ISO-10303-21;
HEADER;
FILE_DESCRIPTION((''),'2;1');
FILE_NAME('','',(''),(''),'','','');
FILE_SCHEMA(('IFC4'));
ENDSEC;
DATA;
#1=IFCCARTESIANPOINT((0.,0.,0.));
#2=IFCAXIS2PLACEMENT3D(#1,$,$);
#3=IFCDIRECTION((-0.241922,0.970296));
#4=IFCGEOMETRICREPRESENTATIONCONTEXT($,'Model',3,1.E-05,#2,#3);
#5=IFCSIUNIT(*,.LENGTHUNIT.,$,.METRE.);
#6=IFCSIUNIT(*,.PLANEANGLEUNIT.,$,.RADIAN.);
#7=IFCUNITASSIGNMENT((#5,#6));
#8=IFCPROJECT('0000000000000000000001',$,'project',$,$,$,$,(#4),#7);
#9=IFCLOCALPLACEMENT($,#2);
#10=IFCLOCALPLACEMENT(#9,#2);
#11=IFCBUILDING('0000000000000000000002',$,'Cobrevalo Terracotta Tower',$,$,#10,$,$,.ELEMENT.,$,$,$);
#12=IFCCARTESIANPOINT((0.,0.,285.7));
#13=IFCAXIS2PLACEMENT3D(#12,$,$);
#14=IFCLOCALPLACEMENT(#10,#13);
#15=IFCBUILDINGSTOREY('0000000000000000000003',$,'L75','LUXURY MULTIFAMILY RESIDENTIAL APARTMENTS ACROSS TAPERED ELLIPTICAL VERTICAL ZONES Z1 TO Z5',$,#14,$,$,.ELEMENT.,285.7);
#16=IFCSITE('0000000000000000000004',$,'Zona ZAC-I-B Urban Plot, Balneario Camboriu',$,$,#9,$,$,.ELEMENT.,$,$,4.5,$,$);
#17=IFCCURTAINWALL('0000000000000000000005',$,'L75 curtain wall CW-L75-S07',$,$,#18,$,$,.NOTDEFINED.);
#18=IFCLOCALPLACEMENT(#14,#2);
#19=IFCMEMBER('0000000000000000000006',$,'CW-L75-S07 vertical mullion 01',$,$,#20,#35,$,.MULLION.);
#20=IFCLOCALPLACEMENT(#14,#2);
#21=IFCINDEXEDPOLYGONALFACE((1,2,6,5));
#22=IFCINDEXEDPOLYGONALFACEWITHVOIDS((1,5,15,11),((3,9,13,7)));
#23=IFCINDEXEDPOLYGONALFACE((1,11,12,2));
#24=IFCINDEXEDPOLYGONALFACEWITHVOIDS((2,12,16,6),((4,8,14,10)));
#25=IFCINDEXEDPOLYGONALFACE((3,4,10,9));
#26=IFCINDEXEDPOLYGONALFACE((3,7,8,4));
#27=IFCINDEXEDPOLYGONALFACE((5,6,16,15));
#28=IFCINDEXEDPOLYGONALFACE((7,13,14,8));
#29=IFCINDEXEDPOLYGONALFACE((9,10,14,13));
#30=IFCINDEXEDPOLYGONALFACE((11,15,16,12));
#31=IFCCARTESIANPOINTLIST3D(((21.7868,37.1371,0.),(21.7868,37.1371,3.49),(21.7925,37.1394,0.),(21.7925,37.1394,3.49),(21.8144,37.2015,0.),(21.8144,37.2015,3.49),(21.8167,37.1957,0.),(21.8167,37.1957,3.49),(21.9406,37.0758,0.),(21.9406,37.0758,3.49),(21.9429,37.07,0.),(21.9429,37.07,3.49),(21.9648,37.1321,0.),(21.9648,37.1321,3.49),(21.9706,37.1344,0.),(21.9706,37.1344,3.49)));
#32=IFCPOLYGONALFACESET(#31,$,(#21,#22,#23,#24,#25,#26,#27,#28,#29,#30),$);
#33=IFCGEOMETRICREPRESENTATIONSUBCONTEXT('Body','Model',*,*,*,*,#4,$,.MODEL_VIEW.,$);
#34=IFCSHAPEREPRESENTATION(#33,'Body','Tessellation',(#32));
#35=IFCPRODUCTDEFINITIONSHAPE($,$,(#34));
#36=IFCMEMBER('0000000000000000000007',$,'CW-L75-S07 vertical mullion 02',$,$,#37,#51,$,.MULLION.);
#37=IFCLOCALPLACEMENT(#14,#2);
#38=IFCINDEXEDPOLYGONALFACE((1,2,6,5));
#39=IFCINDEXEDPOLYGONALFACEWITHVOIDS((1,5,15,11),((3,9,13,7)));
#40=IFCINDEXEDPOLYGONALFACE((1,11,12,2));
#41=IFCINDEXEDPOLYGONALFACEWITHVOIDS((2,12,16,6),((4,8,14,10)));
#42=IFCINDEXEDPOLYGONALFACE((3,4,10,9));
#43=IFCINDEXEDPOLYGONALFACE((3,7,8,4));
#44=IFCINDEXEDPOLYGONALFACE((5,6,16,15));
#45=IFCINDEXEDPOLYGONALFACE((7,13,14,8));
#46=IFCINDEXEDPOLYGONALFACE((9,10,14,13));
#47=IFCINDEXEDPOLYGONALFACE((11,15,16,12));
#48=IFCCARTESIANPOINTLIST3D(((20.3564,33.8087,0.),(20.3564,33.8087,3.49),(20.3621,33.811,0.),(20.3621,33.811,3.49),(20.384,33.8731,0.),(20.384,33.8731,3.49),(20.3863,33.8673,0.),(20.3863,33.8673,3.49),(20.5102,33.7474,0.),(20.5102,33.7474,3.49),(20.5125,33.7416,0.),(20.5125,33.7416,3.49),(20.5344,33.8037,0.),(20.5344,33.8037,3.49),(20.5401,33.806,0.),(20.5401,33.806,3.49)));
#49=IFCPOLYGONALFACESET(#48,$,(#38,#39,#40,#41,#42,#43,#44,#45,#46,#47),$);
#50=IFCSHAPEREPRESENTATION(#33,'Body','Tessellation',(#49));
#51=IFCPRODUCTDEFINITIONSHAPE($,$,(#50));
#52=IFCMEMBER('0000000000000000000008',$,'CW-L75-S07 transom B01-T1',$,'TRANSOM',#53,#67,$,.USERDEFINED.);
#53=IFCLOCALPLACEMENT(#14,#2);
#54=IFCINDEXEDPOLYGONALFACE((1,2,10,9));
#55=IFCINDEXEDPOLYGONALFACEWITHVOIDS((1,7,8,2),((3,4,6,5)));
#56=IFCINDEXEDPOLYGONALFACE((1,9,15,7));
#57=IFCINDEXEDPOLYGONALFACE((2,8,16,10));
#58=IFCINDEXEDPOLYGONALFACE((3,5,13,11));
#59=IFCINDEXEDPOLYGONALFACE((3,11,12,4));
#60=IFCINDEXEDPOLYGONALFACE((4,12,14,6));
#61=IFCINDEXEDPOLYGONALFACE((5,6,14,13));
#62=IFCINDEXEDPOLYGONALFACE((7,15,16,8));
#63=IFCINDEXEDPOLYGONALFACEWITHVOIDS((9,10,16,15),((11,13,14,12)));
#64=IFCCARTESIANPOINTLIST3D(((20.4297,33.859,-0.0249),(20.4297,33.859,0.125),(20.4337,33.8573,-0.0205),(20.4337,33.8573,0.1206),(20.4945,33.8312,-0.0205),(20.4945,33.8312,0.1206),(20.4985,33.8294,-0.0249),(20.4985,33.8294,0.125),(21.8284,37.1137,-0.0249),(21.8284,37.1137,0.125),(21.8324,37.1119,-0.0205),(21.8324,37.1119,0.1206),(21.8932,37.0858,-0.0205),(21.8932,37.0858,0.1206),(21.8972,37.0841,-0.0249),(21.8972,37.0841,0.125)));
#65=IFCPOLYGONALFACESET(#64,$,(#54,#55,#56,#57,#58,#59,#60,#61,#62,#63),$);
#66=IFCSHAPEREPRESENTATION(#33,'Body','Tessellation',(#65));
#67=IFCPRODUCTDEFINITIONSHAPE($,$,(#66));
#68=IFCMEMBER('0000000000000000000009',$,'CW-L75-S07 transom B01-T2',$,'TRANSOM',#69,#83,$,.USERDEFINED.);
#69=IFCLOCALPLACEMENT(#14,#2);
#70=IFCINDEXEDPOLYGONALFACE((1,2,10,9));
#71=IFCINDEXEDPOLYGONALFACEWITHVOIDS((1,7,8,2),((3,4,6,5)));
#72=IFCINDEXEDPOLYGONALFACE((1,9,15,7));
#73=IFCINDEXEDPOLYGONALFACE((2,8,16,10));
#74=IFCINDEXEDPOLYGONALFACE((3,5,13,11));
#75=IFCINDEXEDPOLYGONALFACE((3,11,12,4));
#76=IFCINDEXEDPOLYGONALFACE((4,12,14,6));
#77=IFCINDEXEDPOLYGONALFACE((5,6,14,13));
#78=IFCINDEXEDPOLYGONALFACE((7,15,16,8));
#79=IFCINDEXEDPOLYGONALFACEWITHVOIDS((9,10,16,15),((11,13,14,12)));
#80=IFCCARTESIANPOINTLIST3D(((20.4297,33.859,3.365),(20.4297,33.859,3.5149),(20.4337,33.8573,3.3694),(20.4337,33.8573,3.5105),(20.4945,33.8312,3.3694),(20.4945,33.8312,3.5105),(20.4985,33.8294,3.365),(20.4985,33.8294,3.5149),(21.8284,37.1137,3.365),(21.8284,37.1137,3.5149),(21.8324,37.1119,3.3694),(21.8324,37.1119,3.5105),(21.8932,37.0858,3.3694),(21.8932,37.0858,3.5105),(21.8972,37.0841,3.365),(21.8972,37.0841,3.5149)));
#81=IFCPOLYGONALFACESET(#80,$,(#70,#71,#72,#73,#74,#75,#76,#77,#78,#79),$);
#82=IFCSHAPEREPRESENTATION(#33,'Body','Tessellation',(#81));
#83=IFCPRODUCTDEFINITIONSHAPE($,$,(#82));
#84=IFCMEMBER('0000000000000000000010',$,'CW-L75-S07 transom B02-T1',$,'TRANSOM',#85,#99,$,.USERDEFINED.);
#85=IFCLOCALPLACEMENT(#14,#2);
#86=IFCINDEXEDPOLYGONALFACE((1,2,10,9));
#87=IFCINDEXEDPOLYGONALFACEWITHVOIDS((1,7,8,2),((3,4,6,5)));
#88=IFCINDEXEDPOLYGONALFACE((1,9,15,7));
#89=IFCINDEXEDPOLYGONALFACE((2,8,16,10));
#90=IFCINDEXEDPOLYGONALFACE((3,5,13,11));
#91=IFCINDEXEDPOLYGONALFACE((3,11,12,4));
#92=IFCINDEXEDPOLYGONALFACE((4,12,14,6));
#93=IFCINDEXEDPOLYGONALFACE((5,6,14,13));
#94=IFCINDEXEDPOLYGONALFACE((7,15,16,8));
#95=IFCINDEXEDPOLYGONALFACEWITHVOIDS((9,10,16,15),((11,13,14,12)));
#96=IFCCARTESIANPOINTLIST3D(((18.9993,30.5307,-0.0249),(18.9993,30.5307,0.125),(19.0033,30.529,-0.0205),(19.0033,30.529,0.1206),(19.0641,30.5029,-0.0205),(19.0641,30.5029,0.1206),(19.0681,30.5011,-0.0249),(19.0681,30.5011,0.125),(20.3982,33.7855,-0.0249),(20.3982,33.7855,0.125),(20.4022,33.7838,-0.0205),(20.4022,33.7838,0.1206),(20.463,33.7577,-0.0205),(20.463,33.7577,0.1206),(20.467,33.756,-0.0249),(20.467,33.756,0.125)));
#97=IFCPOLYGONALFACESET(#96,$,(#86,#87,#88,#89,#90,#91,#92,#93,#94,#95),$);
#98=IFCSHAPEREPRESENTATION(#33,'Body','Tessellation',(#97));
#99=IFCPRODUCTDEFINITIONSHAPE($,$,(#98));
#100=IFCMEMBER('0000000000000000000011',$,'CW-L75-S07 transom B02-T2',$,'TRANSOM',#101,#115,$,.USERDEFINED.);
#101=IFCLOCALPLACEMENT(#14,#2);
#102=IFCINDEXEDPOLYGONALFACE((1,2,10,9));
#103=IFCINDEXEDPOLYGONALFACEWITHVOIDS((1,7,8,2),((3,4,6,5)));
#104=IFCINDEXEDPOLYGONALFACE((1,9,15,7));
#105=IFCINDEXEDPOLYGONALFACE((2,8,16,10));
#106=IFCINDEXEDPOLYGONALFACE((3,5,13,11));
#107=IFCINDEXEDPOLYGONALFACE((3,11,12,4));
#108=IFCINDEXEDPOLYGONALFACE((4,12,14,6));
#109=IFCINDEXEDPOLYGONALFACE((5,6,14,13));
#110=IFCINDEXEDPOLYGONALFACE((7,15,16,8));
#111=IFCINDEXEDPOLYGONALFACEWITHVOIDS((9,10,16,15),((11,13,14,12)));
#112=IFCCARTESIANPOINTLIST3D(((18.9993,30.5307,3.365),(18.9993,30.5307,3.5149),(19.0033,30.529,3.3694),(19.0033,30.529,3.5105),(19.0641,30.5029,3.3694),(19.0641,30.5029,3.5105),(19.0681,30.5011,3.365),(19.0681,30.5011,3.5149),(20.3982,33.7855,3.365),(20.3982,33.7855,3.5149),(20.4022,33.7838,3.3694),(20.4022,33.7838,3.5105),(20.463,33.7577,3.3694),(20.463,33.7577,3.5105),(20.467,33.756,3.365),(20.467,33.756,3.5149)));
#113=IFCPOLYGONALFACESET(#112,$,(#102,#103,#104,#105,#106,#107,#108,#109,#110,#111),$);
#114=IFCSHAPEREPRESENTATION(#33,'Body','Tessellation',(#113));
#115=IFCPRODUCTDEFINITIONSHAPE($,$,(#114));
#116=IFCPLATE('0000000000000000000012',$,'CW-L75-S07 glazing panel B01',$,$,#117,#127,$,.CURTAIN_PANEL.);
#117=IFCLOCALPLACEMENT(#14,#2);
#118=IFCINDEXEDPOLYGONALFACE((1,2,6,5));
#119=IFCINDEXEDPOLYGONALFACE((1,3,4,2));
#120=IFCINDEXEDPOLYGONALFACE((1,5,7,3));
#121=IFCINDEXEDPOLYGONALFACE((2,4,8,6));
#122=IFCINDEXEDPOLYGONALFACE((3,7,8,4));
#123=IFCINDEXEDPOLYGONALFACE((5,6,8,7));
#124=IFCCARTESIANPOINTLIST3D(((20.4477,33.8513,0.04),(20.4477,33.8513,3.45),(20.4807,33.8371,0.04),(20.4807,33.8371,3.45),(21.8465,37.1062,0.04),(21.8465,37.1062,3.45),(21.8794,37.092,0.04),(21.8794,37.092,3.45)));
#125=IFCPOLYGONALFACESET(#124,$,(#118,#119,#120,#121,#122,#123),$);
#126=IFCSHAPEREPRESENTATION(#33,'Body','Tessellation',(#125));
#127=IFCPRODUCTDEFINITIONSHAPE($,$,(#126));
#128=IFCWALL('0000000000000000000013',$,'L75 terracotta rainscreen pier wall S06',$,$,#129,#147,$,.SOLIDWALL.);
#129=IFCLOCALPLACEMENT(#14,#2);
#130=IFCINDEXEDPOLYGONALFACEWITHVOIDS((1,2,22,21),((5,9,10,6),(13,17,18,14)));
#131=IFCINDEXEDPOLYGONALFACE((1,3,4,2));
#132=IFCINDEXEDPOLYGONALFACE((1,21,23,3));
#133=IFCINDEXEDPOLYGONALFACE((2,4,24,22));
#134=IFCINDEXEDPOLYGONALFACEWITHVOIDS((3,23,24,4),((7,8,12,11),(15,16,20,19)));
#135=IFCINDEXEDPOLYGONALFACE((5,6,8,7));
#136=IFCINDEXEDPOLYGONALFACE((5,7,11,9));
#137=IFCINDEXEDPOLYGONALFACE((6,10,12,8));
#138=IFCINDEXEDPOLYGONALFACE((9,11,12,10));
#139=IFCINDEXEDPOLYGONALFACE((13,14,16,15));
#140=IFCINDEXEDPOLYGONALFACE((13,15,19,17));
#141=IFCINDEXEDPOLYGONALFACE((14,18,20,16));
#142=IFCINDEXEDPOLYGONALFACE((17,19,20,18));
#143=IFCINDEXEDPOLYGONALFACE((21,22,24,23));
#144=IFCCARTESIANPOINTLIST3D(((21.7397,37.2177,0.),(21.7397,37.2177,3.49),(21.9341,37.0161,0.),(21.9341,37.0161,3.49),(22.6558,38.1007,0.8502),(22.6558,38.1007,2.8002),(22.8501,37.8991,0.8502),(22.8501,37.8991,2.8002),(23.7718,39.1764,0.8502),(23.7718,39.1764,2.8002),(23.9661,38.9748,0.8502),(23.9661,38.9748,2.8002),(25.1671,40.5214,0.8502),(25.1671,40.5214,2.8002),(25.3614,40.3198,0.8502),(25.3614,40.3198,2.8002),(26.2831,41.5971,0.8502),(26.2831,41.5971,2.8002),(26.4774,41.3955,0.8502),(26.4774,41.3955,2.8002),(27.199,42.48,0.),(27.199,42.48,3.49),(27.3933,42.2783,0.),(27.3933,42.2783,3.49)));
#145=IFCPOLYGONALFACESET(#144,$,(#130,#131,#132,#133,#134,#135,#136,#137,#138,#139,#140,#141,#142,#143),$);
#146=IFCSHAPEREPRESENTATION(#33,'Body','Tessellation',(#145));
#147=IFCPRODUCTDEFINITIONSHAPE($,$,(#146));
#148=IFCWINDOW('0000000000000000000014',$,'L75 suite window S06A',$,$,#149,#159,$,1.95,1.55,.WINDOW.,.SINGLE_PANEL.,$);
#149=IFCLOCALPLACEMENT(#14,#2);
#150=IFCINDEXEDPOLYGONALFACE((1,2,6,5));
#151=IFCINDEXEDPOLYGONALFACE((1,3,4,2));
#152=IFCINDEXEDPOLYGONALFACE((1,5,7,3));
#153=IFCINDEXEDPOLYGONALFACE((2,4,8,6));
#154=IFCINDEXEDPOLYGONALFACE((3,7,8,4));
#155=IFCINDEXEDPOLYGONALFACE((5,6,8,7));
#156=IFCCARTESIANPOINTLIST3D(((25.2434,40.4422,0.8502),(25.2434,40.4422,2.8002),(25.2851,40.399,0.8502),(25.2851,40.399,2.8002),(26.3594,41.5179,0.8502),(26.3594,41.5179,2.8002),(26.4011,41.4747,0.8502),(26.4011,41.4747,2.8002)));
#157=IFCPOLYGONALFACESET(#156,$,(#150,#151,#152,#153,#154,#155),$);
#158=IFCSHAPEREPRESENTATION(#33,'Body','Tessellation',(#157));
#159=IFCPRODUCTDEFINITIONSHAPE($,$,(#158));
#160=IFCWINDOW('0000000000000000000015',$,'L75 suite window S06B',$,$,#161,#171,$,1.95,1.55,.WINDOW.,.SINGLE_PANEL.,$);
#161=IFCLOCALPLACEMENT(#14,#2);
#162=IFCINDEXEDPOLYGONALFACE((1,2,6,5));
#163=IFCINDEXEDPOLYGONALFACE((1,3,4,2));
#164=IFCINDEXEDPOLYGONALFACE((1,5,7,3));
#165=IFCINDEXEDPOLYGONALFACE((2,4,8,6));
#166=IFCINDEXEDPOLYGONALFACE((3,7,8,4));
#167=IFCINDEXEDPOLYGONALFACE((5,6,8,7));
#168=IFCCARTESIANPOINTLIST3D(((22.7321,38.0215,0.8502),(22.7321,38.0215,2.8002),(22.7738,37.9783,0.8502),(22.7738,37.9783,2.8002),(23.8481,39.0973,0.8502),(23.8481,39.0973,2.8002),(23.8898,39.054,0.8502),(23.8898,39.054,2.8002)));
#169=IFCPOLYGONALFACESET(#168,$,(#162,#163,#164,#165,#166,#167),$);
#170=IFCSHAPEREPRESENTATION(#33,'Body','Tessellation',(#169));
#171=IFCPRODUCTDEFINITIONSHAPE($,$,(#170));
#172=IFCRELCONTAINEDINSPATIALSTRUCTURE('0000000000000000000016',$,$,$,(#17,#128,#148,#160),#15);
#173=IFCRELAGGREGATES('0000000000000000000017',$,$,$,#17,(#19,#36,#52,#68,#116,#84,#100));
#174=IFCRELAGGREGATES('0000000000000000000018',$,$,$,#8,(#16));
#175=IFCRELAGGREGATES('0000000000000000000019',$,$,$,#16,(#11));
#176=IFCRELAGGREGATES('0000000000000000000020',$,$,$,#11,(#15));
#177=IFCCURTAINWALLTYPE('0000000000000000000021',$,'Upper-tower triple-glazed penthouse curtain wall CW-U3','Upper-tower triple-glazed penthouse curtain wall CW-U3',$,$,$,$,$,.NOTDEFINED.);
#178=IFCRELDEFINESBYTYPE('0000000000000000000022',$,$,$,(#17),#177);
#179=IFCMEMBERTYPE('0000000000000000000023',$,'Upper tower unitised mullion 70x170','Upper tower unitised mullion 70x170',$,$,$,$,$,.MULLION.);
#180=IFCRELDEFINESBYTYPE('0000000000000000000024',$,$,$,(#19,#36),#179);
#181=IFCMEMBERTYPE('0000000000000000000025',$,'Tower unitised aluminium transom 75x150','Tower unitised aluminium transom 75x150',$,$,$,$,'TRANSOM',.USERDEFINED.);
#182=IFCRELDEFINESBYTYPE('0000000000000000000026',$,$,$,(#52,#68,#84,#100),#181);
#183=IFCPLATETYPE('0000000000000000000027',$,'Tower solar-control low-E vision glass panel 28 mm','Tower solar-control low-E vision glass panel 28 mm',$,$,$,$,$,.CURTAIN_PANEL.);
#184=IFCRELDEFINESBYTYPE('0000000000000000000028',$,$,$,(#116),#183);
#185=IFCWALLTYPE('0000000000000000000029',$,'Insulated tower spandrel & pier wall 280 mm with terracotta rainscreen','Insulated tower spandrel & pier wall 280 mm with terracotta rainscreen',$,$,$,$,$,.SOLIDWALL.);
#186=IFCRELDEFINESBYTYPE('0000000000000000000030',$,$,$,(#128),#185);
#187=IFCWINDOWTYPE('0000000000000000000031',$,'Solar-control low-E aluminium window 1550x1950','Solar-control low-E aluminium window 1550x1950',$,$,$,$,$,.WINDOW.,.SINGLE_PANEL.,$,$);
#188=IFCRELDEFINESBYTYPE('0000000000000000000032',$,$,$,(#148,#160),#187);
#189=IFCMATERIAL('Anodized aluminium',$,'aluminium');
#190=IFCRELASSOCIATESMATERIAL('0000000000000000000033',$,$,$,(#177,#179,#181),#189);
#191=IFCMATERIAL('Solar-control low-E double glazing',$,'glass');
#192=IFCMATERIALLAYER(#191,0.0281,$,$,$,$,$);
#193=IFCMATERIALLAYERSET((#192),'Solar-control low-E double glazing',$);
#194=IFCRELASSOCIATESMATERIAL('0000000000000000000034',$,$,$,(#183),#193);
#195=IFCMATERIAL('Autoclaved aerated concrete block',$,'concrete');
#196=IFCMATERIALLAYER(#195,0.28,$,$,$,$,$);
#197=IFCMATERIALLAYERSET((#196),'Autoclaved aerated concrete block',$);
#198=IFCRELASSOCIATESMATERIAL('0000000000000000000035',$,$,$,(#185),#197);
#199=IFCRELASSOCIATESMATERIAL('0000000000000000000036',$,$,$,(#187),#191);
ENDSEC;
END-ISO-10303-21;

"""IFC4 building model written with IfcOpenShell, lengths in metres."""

from ifc_helpers import new_model, si_unit, direction, frame, frame_2d, origin, origin_2d, place, context, subcontext, project, spatial, rectangle, hollow_rectangle, extrude, source, transform, mapped, material, layer, layer_set, material_profile, profile_set, type_object, element, fill, aggregate, save


model = new_model("IFC4")

# Units and contexts
model_context = context("Model", 3, precision=1e-05, world=origin(), true_north=direction((-0.241922, 0.970296)))
body_context = subcontext(model_context, "Body", "Model", "MODEL_VIEW")
ifc_project = project(units=[si_unit("LENGTHUNIT", "METRE"), si_unit("PLANEANGLEUNIT", "RADIAN")], contexts=[model_context])

# Site, building, storey
site_placement = place(None, origin())
site = spatial("IfcSite", under=ifc_project, at=site_placement, Name="Zona ZAC-I-B Urban Plot, Balneario Camboriu", CompositionType="ELEMENT", RefElevation=4.5)
building_placement = place(site_placement, origin())
building = spatial("IfcBuilding", under=site, at=building_placement, Name="Cobrevalo Terracotta Tower", CompositionType="ELEMENT")
storey_placement = place(building_placement, frame((0.0, 0.0, 285.7)))
storey = spatial("IfcBuildingStorey", under=building, at=storey_placement, Name="L75", Description="LUXURY MULTIFAMILY RESIDENTIAL APARTMENTS ACROSS TAPERED ELLIPTICAL VERTICAL ZONES Z1 TO Z5", CompositionType="ELEMENT", Elevation=285.7)

# Shared definitions
ifc_material_1 = material(Name="Anodized aluminium", Category="aluminium")
curtain_wall_type = type_object("IfcCurtainWallType", Name="Upper-tower triple-glazed penthouse curtain wall CW-U3", Description="Upper-tower triple-glazed penthouse curtain wall CW-U3", PredefinedType="NOTDEFINED", material=ifc_material_1)
ifc_material_profile_1 = material_profile(ifc_material_1, hollow_rectangle(XDim=0.0701, YDim=0.1699, WallThickness=0.0044, at=origin_2d()), Name="CWM 70x170")
ifc_profile_set_1 = profile_set([ifc_material_profile_1], Name="Anodized aluminium")
member_type_1 = type_object("IfcMemberType", Name="Upper tower unitised mullion 70x170", Description="Upper tower unitised mullion 70x170", PredefinedType="MULLION", material=ifc_profile_set_1)
shared_shape_1 = source(origin(), body_context, "Body", "SweptSolid", [
    extrude(hollow_rectangle(XDim=0.0701, YDim=0.1699, WallThickness=0.0044, at=origin_2d()), origin(), (0.0, 0.0, 1.0), 3.49),
])

# Curtain wall, members, plate
curtain_wall_1_placement = place(storey_placement, origin())
curtain_wall_1 = element("IfcCurtainWall", 1, at=curtain_wall_1_placement, inside=storey, type_object=curtain_wall_type, Name="L75 curtain wall CW-L75-S07", PredefinedType="NOTDEFINED")
member_1_placement = place(storey_placement, frame((21.8787, 37.1357, 0.0), z_axis=(0.0, 0.0, 1.0), x_axis=(-0.394824, -0.918757, 0.0)))
member_1 = element("IfcMember", 2, at=member_1_placement, type_object=member_type_1, Name="CW-L75-S07 vertical mullion 01", PredefinedType="MULLION", context=body_context, shape_type="MappedRepresentation", body=[
    mapped(shared_shape_1, transform((0.0, 0.0, 0.0), scale=1.0)),
])
member_2_placement = place(storey_placement, frame((20.4482, 33.8074, 0.0), z_axis=(0.0, 0.0, 1.0), x_axis=(-0.394824, -0.918757, 0.0)))
member_2 = element("IfcMember", 3, at=member_2_placement, type_object=member_type_1, Name="CW-L75-S07 vertical mullion 02", PredefinedType="MULLION", context=body_context, shape_type="MappedRepresentation", body=[
    mapped(shared_shape_1, transform((0.0, 0.0, 0.0), scale=1.0)),
])
ifc_material_profile_2 = material_profile(ifc_material_1, hollow_rectangle(XDim=0.075, YDim=0.1499, WallThickness=0.0044, at=origin_2d()), Name="CWT 75x150")
ifc_profile_set_2 = profile_set([ifc_material_profile_2], Name="Anodized aluminium")
member_type_2 = type_object("IfcMemberType", Name="Tower unitised aluminium transom 75x150", Description="Tower unitised aluminium transom 75x150", ElementType="TRANSOM", PredefinedType="USERDEFINED", material=ifc_profile_set_2)
shared_shape_2 = source(origin(), body_context, "Body", "SweptSolid", [
    extrude(hollow_rectangle(XDim=0.075, YDim=0.1499, WallThickness=0.0044, at=origin_2d()), origin(), (0.0, 0.0, 1.0), 3.5425),
])
member_3_placement = place(storey_placement, frame((21.8628, 37.0989, 0.05), z_axis=(-0.394834, -0.918752, 0.0), x_axis=(0.918752, -0.394834, 0.0)))
member_3 = element("IfcMember", 4, at=member_3_placement, type_object=member_type_2, Name="CW-L75-S07 transom B01-T1", ObjectType="TRANSOM", PredefinedType="USERDEFINED", context=body_context, shape_type="MappedRepresentation", body=[
    mapped(shared_shape_2, transform((0.0, 0.0, 0.0), scale=1.0)),
])
member_4_placement = place(storey_placement, frame((21.8628, 37.0989, 3.4399), z_axis=(-0.394834, -0.918752, 0.0), x_axis=(0.918752, -0.394834, 0.0)))
member_4 = element("IfcMember", 5, at=member_4_placement, type_object=member_type_2, Name="CW-L75-S07 transom B01-T2", ObjectType="TRANSOM", PredefinedType="USERDEFINED", context=body_context, shape_type="MappedRepresentation", body=[
    mapped(shared_shape_2, transform((0.0, 0.0, 0.0), scale=1.0)),
])
shared_shape_3 = source(origin(), body_context, "Body", "SweptSolid", [
    extrude(hollow_rectangle(XDim=0.075, YDim=0.1499, WallThickness=0.0044, at=origin_2d()), origin(), (0.0, 0.0, 1.0), 3.5427),
])
member_5_placement = place(storey_placement, frame((20.4326, 33.7708, 0.05), z_axis=(-0.394867, -0.918738, 0.0), x_axis=(0.918738, -0.394867, 0.0)))
member_5 = element("IfcMember", 6, at=member_5_placement, type_object=member_type_2, Name="CW-L75-S07 transom B02-T1", ObjectType="TRANSOM", PredefinedType="USERDEFINED", context=body_context, shape_type="MappedRepresentation", body=[
    mapped(shared_shape_3, transform((0.0, 0.0, 0.0), scale=1.0)),
])
member_6_placement = place(storey_placement, frame((20.4326, 33.7708, 3.4399), z_axis=(-0.394867, -0.918738, 0.0), x_axis=(0.918738, -0.394867, 0.0)))
member_6 = element("IfcMember", 7, at=member_6_placement, type_object=member_type_2, Name="CW-L75-S07 transom B02-T2", ObjectType="TRANSOM", PredefinedType="USERDEFINED", context=body_context, shape_type="MappedRepresentation", body=[
    mapped(shared_shape_3, transform((0.0, 0.0, 0.0), scale=1.0)),
])
ifc_material_2 = material(Name="Solar-control low-E double glazing", Category="glass")
ifc_layer_1 = layer(ifc_material_2, 0.0281)
ifc_layer_set_1 = layer_set([ifc_layer_1], Name="Solar-control low-E double glazing")
plate_type = type_object("IfcPlateType", Name="Tower solar-control low-E vision glass panel 28 mm", Description="Tower solar-control low-E vision glass panel 28 mm", PredefinedType="CURTAIN_PANEL", material=ifc_layer_set_1)
shared_shape_4 = source(origin(), body_context, "Body", "SweptSolid", [
    extrude(rectangle(XDim=3.5427, YDim=0.0359, at=origin_2d()), origin(), (0.0, 0.0, 1.0), 3.4099),
])
plate_placement = place(storey_placement, frame((21.1636, 35.4717, 0.04), z_axis=(0.0, 0.0, 1.0), x_axis=(-0.394829, -0.918755, 0.0)))
plate = element("IfcPlate", 8, at=plate_placement, type_object=plate_type, Name="CW-L75-S07 glazing panel B01", PredefinedType="CURTAIN_PANEL", context=body_context, shape_type="MappedRepresentation", body=[
    mapped(shared_shape_4, transform((0.0, 0.0, 0.0), scale=1.0)),
])
aggregate(curtain_wall_1, [member_1, member_2, member_3, member_4, plate, member_5, member_6])

# Wall, openings, windows
ifc_material_3 = material(Name="Autoclaved aerated concrete block", Category="concrete")
ifc_layer_2 = layer(ifc_material_3, 0.28)
ifc_layer_set_2 = layer_set([ifc_layer_2], Name="Autoclaved aerated concrete block")
wall_type_1 = type_object("IfcWallType", Name="Insulated tower spandrel & pier wall 280 mm with terracotta rainscreen", Description="Insulated tower spandrel & pier wall 280 mm with terracotta rainscreen", PredefinedType="SOLIDWALL", material=ifc_layer_set_2)
wall_1_placement = place(storey_placement, frame((27.2961, 42.3792, 0.0), z_axis=(0.0, 0.0, 1.0), x_axis=(-0.719979, -0.693996, 0.0)))
wall_1 = element("IfcWall", 9, at=wall_1_placement, inside=storey, type_object=wall_type_1, Name="L75 terracotta rainscreen pier wall S06", PredefinedType="SOLIDWALL", context=body_context, shape_type="SweptSolid", body=[
    extrude(rectangle(XDim=7.5825, YDim=0.28, at=frame_2d((3.7913, 0.0))), origin(), (0.0, 0.0, 1.0), 3.49),
])
opening_1_placement = place(wall_1_placement, frame((1.2722, 0.0, 0.8501)))
opening_1 = element("IfcOpeningElement", 10, at=opening_1_placement, cuts=wall_1, PredefinedType="OPENING", context=body_context, shape_type="SweptSolid", body=[
    extrude(rectangle(XDim=1.55, YDim=1.95, at=frame_2d((0.7749, 0.9751))), frame((0.0, 0.1499, 0.0), z_axis=(0.0, -1.0, 0.0), x_axis=(1.0, 0.0, 0.0)), (0.0, 0.0, 1.0), 0.3),
])
opening_2_placement = place(wall_1_placement, frame((4.7603, 0.0, 0.8501)))
opening_2 = element("IfcOpeningElement", 11, at=opening_2_placement, cuts=wall_1, PredefinedType="OPENING", context=body_context, shape_type="SweptSolid", body=[
    extrude(rectangle(XDim=1.55, YDim=1.95, at=frame_2d((0.7749, 0.9751))), frame((0.0, 0.1499, 0.0), z_axis=(0.0, -1.0, 0.0), x_axis=(1.0, 0.0, 0.0)), (0.0, 0.0, 1.0), 0.3),
])
window_type = type_object("IfcWindowType", Name="Solar-control low-E aluminium window 1550x1950", Description="Solar-control low-E aluminium window 1550x1950", PartitioningType="SINGLE_PANEL", PredefinedType="WINDOW", material=ifc_material_2)
shared_shape_5 = source(origin(), body_context, "Body", "SweptSolid", [
    extrude(rectangle(XDim=1.55, YDim=1.95, at=frame_2d((0.7749, 0.9751))), frame((0.0, 0.03, 0.0), z_axis=(0.0, -1.0, 0.0), x_axis=(1.0, 0.0, 0.0)), (0.0, 0.0, 1.0), 0.0601),
])
window_1_placement = place(opening_1_placement, origin())
window_1 = element("IfcWindow", 12, at=window_1_placement, inside=storey, type_object=window_type, Name="L75 suite window S06A", OverallHeight=1.95, OverallWidth=1.55, PartitioningType="SINGLE_PANEL", PredefinedType="WINDOW", context=body_context, shape_type="MappedRepresentation", body=[
    mapped(shared_shape_5, transform((0.0, 0.0, 0.0), scale=1.0)),
])
fill(opening_1, window_1)
window_2_placement = place(opening_2_placement, origin())
window_2 = element("IfcWindow", 13, at=window_2_placement, inside=storey, type_object=window_type, Name="L75 suite window S06B", OverallHeight=1.95, OverallWidth=1.55, PartitioningType="SINGLE_PANEL", PredefinedType="WINDOW", context=body_context, shape_type="MappedRepresentation", body=[
    mapped(shared_shape_5, transform((0.0, 0.0, 0.0), scale=1.0)),
])
fill(opening_2, window_2)

save(model, "model.ifc")
